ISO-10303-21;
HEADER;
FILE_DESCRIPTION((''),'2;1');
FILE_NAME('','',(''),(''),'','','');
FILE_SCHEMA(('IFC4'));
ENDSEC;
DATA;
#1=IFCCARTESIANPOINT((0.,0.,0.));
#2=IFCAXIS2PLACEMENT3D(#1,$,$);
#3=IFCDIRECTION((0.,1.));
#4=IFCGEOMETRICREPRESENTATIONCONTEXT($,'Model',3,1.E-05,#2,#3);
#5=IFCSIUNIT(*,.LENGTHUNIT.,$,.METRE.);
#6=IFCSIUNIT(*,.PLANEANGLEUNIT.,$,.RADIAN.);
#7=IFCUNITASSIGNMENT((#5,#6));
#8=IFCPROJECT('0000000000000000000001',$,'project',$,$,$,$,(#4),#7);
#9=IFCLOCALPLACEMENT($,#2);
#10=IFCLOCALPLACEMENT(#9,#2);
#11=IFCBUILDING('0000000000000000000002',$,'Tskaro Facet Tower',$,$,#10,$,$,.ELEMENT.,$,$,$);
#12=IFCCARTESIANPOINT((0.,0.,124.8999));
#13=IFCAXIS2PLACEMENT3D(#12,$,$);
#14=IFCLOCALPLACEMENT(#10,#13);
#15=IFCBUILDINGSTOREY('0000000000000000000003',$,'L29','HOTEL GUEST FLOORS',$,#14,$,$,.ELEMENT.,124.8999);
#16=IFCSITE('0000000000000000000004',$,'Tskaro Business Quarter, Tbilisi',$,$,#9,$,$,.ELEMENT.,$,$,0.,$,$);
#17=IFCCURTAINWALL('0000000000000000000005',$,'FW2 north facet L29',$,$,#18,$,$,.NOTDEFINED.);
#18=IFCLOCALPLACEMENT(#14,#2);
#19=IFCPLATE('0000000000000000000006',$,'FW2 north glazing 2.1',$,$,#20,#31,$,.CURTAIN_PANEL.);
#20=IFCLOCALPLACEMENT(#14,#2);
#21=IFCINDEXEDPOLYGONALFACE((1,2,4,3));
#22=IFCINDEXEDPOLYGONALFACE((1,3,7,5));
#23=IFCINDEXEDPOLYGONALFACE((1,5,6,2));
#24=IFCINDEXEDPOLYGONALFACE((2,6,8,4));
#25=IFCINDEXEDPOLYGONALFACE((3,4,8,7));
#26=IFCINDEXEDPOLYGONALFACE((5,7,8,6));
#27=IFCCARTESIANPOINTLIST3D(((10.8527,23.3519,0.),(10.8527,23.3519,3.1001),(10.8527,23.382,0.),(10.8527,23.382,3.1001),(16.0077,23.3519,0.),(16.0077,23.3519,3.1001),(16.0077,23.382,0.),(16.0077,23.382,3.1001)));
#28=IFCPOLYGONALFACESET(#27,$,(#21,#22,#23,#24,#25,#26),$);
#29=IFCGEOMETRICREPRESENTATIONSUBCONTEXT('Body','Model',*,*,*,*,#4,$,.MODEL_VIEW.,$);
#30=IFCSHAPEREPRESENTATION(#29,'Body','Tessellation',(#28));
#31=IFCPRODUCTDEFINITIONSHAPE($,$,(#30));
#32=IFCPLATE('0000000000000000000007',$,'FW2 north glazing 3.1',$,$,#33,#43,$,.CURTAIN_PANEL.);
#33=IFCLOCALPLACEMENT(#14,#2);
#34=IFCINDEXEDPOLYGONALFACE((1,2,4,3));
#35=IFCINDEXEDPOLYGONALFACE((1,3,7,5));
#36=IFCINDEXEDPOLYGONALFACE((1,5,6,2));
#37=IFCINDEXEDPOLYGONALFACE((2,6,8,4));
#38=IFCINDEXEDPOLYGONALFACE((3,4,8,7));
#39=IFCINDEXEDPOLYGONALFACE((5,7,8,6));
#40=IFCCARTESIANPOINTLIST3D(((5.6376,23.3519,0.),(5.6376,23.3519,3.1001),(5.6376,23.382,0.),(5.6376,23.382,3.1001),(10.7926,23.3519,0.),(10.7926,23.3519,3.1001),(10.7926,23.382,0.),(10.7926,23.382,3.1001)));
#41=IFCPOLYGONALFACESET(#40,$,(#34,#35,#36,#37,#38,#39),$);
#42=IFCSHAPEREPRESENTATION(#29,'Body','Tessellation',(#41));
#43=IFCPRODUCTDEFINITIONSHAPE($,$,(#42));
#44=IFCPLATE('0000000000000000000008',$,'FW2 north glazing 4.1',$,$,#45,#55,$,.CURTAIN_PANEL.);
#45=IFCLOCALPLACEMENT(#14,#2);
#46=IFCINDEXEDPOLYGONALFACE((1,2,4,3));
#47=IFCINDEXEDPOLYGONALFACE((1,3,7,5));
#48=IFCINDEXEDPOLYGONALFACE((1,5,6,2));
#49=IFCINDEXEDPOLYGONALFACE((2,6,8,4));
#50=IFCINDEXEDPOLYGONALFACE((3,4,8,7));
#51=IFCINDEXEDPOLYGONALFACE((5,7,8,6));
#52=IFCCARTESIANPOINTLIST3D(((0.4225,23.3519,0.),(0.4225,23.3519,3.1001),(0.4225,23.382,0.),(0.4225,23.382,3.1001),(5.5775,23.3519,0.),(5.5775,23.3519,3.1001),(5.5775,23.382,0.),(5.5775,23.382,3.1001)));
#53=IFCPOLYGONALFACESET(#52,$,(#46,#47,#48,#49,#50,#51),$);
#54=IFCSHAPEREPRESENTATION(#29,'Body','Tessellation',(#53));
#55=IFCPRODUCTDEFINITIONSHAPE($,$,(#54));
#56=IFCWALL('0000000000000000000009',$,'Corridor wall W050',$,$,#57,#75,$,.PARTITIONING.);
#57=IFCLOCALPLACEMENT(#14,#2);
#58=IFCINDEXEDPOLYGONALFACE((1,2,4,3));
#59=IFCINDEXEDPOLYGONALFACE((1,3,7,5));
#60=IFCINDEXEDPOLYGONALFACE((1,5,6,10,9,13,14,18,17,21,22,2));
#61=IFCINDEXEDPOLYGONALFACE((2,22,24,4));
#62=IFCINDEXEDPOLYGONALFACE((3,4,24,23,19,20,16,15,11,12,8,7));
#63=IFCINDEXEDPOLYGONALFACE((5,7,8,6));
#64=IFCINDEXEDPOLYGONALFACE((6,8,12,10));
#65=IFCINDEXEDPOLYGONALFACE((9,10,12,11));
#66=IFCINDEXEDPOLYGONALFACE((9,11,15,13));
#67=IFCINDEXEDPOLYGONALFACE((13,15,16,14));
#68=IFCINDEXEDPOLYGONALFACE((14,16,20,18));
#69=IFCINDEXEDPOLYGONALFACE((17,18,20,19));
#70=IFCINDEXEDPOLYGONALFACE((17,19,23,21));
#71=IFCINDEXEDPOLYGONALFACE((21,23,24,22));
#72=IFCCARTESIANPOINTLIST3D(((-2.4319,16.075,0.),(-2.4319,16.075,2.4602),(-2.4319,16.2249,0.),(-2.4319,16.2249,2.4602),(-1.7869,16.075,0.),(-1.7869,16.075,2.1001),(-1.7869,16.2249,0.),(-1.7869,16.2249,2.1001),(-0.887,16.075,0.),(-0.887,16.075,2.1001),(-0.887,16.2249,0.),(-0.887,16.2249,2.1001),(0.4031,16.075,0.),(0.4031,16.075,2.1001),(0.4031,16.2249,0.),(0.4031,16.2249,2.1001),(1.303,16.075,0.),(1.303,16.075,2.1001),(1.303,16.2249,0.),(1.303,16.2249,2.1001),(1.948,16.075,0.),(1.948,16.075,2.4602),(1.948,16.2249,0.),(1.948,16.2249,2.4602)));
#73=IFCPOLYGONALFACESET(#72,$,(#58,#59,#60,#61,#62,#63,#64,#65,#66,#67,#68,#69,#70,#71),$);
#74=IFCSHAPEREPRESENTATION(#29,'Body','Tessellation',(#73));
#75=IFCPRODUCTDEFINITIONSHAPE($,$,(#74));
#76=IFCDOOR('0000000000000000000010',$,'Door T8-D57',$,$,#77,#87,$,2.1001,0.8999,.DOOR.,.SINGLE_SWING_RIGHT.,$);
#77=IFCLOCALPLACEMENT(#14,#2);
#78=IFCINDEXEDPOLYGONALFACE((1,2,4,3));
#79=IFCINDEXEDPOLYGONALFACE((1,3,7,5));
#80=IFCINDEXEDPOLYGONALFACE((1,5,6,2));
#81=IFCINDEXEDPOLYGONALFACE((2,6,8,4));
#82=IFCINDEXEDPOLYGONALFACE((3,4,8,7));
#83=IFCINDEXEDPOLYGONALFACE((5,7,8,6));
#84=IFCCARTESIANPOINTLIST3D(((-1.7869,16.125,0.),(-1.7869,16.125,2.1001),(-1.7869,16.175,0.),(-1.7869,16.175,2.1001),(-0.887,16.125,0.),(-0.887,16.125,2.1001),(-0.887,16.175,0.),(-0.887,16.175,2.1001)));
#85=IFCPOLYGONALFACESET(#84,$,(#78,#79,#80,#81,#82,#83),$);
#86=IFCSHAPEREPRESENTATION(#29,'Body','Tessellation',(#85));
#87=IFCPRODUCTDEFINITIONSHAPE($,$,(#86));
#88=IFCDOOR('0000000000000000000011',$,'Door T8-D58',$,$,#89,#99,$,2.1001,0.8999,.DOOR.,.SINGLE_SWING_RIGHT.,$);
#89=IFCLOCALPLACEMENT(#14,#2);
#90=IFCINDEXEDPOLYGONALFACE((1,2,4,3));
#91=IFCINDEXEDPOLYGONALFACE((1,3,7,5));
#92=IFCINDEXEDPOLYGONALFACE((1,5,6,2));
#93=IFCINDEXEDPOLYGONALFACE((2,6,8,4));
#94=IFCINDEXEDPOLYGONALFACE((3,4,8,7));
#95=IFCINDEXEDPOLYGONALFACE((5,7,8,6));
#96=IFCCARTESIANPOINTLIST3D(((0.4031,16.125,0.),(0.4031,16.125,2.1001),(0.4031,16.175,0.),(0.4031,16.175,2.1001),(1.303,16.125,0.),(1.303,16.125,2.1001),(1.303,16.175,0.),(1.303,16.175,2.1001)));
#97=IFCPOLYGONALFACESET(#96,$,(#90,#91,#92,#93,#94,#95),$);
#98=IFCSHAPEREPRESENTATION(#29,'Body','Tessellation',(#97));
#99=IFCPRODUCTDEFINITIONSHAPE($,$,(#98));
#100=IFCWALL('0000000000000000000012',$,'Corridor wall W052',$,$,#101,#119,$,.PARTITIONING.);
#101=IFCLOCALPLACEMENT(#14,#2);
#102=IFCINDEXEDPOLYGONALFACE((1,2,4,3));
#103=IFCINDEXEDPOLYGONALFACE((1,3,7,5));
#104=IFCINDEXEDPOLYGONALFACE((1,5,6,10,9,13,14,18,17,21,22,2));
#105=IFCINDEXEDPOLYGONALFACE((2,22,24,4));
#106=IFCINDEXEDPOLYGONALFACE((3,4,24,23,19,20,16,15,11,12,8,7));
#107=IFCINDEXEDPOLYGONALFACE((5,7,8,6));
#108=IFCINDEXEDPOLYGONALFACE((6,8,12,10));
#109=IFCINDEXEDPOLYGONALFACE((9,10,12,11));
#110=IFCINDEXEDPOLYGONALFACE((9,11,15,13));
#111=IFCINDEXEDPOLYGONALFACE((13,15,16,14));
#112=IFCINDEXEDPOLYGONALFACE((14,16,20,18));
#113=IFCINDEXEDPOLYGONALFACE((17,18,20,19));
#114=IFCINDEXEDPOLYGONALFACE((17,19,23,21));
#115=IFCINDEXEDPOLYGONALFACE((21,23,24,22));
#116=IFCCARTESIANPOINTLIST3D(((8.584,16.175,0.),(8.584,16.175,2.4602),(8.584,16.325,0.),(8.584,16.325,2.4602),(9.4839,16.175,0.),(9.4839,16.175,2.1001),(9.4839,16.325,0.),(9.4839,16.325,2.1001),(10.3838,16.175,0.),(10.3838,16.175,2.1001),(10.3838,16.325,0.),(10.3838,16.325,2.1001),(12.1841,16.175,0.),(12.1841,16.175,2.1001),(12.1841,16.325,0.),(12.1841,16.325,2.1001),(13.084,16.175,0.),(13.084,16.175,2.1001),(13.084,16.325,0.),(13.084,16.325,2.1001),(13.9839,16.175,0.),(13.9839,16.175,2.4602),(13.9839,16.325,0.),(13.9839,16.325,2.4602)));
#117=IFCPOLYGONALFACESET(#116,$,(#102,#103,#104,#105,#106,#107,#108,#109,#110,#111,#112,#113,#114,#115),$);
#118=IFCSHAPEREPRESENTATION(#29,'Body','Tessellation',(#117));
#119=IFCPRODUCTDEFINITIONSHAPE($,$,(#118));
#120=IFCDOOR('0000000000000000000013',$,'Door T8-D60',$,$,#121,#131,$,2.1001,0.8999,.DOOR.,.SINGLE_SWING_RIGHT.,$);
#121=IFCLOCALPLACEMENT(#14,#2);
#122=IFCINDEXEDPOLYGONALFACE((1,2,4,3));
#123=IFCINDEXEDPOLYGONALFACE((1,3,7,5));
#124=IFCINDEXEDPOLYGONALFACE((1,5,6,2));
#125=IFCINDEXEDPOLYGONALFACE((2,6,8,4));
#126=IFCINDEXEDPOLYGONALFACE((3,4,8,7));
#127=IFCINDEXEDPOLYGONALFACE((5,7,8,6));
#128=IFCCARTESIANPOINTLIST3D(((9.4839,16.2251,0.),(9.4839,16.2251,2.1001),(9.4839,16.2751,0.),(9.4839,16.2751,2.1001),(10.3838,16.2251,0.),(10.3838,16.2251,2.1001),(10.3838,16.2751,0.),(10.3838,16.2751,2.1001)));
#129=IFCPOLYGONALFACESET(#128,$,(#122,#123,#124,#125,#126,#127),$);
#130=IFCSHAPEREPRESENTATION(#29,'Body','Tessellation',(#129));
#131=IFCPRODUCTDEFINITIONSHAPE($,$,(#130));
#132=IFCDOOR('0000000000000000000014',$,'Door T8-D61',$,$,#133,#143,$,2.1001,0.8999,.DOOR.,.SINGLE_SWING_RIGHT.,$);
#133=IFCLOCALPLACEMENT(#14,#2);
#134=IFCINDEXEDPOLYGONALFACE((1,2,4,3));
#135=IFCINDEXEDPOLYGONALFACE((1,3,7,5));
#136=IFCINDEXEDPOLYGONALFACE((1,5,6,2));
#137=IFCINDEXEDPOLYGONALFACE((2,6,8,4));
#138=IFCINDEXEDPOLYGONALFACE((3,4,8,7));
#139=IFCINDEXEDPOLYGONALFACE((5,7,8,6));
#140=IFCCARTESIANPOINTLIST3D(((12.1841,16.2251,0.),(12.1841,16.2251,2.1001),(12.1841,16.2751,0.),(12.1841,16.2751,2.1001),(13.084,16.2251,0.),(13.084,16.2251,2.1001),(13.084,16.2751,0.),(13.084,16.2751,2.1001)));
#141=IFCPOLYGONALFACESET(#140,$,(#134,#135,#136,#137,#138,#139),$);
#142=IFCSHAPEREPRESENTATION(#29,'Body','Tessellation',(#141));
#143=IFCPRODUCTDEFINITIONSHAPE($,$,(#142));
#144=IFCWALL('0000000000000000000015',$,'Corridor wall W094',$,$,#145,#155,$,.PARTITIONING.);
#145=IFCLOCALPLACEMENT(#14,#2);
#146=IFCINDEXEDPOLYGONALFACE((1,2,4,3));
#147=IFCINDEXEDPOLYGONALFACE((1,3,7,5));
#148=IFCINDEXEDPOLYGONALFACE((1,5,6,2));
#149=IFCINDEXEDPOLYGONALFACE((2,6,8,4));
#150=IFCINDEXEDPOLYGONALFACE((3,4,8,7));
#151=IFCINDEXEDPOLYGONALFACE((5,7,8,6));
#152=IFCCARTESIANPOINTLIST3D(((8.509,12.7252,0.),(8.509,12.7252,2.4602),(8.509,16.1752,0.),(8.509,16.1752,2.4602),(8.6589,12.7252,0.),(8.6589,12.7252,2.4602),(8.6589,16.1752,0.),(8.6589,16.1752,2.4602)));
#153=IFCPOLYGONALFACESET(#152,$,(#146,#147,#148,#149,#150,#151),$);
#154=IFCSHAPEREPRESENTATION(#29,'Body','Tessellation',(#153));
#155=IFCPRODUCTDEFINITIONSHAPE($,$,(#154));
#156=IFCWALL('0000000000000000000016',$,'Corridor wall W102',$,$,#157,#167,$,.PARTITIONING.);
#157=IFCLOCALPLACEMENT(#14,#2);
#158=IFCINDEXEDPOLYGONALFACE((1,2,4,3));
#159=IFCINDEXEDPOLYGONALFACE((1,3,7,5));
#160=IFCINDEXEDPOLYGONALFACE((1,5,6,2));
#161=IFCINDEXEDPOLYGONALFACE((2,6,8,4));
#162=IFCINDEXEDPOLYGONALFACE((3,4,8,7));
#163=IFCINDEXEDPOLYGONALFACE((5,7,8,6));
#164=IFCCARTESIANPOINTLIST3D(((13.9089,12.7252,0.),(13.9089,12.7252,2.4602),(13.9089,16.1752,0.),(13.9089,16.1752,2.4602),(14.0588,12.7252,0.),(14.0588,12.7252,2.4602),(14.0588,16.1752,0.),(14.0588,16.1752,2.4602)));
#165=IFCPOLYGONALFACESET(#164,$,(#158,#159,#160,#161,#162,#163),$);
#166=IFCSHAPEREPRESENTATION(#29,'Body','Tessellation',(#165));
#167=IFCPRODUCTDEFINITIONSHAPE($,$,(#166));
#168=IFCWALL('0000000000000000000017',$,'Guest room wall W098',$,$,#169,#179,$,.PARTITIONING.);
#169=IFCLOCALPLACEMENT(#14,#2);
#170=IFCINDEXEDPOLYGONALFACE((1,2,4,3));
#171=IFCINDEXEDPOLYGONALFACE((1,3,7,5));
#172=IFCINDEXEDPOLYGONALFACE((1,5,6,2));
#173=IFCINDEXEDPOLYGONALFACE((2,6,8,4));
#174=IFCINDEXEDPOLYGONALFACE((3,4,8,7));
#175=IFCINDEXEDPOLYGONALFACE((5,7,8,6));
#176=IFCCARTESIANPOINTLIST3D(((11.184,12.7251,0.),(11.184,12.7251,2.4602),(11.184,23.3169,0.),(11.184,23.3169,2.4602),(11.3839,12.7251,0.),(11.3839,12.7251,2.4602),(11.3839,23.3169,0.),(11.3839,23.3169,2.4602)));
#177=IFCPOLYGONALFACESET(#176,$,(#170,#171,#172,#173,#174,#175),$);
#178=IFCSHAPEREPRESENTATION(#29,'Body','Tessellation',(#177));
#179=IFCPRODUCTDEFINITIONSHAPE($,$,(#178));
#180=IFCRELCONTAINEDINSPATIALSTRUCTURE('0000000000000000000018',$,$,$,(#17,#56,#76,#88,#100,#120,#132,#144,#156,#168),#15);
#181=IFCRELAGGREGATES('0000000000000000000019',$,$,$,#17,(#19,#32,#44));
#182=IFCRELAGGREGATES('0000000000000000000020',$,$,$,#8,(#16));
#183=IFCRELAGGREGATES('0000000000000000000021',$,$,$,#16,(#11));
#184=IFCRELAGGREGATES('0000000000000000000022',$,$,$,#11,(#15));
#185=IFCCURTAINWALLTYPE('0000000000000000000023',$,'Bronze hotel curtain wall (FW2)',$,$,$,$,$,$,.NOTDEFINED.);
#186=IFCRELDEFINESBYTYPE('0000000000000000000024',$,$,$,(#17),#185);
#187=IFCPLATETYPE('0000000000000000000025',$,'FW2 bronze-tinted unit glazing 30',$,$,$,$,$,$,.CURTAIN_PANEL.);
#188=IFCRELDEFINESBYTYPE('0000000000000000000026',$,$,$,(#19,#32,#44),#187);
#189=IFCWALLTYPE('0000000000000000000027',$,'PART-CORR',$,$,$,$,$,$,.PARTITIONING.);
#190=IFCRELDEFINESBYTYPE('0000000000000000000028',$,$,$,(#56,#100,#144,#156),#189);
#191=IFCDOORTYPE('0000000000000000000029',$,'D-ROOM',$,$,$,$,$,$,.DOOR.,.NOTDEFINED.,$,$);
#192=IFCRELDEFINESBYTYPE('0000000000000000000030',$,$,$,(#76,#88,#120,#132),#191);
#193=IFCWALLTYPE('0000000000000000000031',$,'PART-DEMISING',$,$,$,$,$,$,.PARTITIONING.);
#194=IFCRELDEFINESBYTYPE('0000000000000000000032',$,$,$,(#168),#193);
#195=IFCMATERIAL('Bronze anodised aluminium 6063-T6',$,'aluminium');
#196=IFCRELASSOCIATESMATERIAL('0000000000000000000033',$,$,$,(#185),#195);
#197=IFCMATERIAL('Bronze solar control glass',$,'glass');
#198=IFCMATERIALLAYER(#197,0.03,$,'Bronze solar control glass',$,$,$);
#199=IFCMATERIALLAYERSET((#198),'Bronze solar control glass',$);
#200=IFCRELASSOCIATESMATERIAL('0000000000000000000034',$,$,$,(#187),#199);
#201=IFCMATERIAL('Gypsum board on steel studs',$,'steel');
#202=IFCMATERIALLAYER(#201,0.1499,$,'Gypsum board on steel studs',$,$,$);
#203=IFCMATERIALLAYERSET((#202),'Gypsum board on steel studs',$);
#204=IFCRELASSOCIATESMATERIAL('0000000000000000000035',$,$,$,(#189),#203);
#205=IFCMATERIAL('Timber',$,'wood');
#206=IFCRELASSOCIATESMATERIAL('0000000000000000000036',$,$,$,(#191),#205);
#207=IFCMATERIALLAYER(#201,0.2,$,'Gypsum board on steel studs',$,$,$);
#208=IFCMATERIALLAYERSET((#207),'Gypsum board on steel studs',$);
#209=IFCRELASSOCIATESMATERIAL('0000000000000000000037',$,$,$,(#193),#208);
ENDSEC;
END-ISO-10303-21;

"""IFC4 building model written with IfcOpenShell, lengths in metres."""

from ifc_helpers import new_model, si_unit, direction, frame, frame_2d, origin, origin_2d, place, context, subcontext, project, spatial, rectangle, extrude, material, layer, layer_set, type_object, element, fill, aggregate, save


model = new_model("IFC4")

# Units and contexts
model_context = context("Model", 3, precision=1e-05, world=origin(), true_north=direction((0.0, 1.0)))
body_context = subcontext(model_context, "Body", "Model", "MODEL_VIEW")
ifc_project = project(units=[si_unit("LENGTHUNIT", "METRE"), si_unit("PLANEANGLEUNIT", "RADIAN")], contexts=[model_context])

# Site, building, storey
site_placement = place(None, origin())
site = spatial("IfcSite", under=ifc_project, at=site_placement, Name="Tskaro Business Quarter, Tbilisi", CompositionType="ELEMENT", RefElevation=0.0)
building_placement = place(site_placement, origin())
building = spatial("IfcBuilding", under=site, at=building_placement, Name="Tskaro Facet Tower", CompositionType="ELEMENT")
storey_placement = place(building_placement, frame((0.0, 0.0, 124.8999)))
storey = spatial("IfcBuildingStorey", under=building, at=storey_placement, Name="L29", Description="HOTEL GUEST FLOORS", CompositionType="ELEMENT", Elevation=124.8999)

# Curtain wall
ifc_material_1 = material(Name="Bronze anodised aluminium 6063-T6", Category="aluminium")
curtain_wall_type = type_object("IfcCurtainWallType", Name="Bronze hotel curtain wall (FW2)", PredefinedType="NOTDEFINED", material=ifc_material_1)
curtain_wall_placement = place(storey_placement, origin())
curtain_wall = element("IfcCurtainWall", 1, at=curtain_wall_placement, inside=storey, type_object=curtain_wall_type, Name="FW2 north facet L29", PredefinedType="NOTDEFINED")

# Plates
ifc_material_2 = material(Name="Bronze solar control glass", Category="glass")
ifc_layer_1 = layer(ifc_material_2, 0.03, Name="Bronze solar control glass")
ifc_layer_set_1 = layer_set([ifc_layer_1], Name="Bronze solar control glass")
plate_type = type_object("IfcPlateType", Name="FW2 bronze-tinted unit glazing 30", PredefinedType="CURTAIN_PANEL", material=ifc_layer_set_1)
plate_1_placement = place(storey_placement, frame((13.4302, 23.3669, 0.0), z_axis=(0.0, 0.0, 1.0), x_axis=(-1.0, 0.0, 0.0)))
plate_1 = element("IfcPlate", 2, at=plate_1_placement, type_object=plate_type, Name="FW2 north glazing 2.1", PredefinedType="CURTAIN_PANEL", context=body_context, shape_type="SweptSolid", body=[
    extrude(rectangle(XDim=5.155, YDim=0.03, at=origin_2d()), origin(), (0.0, 0.0, 1.0), 3.1001),
])
plate_2_placement = place(storey_placement, frame((8.2151, 23.3669, 0.0), z_axis=(0.0, 0.0, 1.0), x_axis=(-1.0, 0.0, 0.0)))
plate_2 = element("IfcPlate", 3, at=plate_2_placement, type_object=plate_type, Name="FW2 north glazing 3.1", PredefinedType="CURTAIN_PANEL", context=body_context, shape_type="SweptSolid", body=[
    extrude(rectangle(XDim=5.155, YDim=0.03, at=origin_2d()), origin(), (0.0, 0.0, 1.0), 3.1001),
])
plate_3_placement = place(storey_placement, frame((3.0, 23.3669, 0.0), z_axis=(0.0, 0.0, 1.0), x_axis=(-1.0, 0.0, 0.0)))
plate_3 = element("IfcPlate", 4, at=plate_3_placement, type_object=plate_type, Name="FW2 north glazing 4.1", PredefinedType="CURTAIN_PANEL", context=body_context, shape_type="SweptSolid", body=[
    extrude(rectangle(XDim=5.155, YDim=0.03, at=origin_2d()), origin(), (0.0, 0.0, 1.0), 3.1001),
])
aggregate(curtain_wall, [plate_1, plate_2, plate_3])

# Walls, openings, doors
ifc_material_3 = material(Name="Gypsum board on steel studs", Category="steel")
ifc_layer_2 = layer(ifc_material_3, 0.1499, Name="Gypsum board on steel studs")
ifc_layer_set_2 = layer_set([ifc_layer_2], Name="Gypsum board on steel studs")
wall_type_1 = type_object("IfcWallType", Name="PART-CORR", PredefinedType="PARTITIONING", material=ifc_layer_set_2)
wall_1_placement = place(storey_placement, frame((1.948, 16.1499, 0.0), z_axis=(0.0, 0.0, 1.0), x_axis=(-1.0, 0.0, 0.0)))
wall_1 = element("IfcWall", 5, at=wall_1_placement, inside=storey, type_object=wall_type_1, Name="Corridor wall W050", PredefinedType="PARTITIONING", context=body_context, shape_type="SweptSolid", body=[
    extrude(rectangle(XDim=4.3799, YDim=0.1499, at=frame_2d((2.1899, 0.0))), origin(), (0.0, 0.0, 1.0), 2.4602),
])
opening_1_placement = place(wall_1_placement, frame((2.835, 0.0, 0.0)))
opening_1 = element("IfcOpeningElement", 6, at=opening_1_placement, cuts=wall_1, PredefinedType="OPENING", context=body_context, shape_type="SweptSolid", body=[
    extrude(rectangle(XDim=0.8999, YDim=2.1001, at=frame_2d((0.45, 1.05))), frame((0.0, 0.085, 0.0), z_axis=(0.0, -1.0, 0.0), x_axis=(1.0, 0.0, 0.0)), (0.0, 0.0, 1.0), 0.1699),
])
opening_2_placement = place(wall_1_placement, frame((0.645, 0.0, 0.0)))
opening_2 = element("IfcOpeningElement", 7, at=opening_2_placement, cuts=wall_1, PredefinedType="OPENING", context=body_context, shape_type="SweptSolid", body=[
    extrude(rectangle(XDim=0.8999, YDim=2.1001, at=frame_2d((0.45, 1.05))), frame((0.0, 0.085, 0.0), z_axis=(0.0, -1.0, 0.0), x_axis=(1.0, 0.0, 0.0)), (0.0, 0.0, 1.0), 0.1699),
])
ifc_material_4 = material(Name="Timber", Category="wood")
door_type = type_object("IfcDoorType", Name="D-ROOM", OperationType="NOTDEFINED", PredefinedType="DOOR", material=ifc_material_4)
door_1_placement = place(opening_1_placement, origin())
door_1 = element("IfcDoor", 8, at=door_1_placement, inside=storey, type_object=door_type, Name="Door T8-D57", OperationType="SINGLE_SWING_RIGHT", OverallHeight=2.1001, OverallWidth=0.8999, PredefinedType="DOOR", context=body_context, shape_type="SweptSolid", body=[
    extrude(rectangle(XDim=0.8999, YDim=2.1001, at=frame_2d((0.45, 1.05))), frame((0.0, 0.0249, 0.0), z_axis=(0.0, -1.0, 0.0), x_axis=(1.0, 0.0, 0.0)), (0.0, 0.0, 1.0), 0.05),
])
fill(opening_1, door_1)
door_2_placement = place(opening_2_placement, origin())
door_2 = element("IfcDoor", 9, at=door_2_placement, inside=storey, type_object=door_type, Name="Door T8-D58", OperationType="SINGLE_SWING_RIGHT", OverallHeight=2.1001, OverallWidth=0.8999, PredefinedType="DOOR", context=body_context, shape_type="SweptSolid", body=[
    extrude(rectangle(XDim=0.8999, YDim=2.1001, at=frame_2d((0.45, 1.05))), frame((0.0, 0.0249, 0.0), z_axis=(0.0, -1.0, 0.0), x_axis=(1.0, 0.0, 0.0)), (0.0, 0.0, 1.0), 0.05),
])
fill(opening_2, door_2)
wall_2_placement = place(storey_placement, frame((13.9839, 16.25, 0.0), z_axis=(0.0, 0.0, 1.0), x_axis=(-1.0, 0.0, 0.0)))
wall_2 = element("IfcWall", 10, at=wall_2_placement, inside=storey, type_object=wall_type_1, Name="Corridor wall W052", PredefinedType="PARTITIONING", context=body_context, shape_type="SweptSolid", body=[
    extrude(rectangle(XDim=5.3999, YDim=0.1499, at=frame_2d((2.7, 0.0))), origin(), (0.0, 0.0, 1.0), 2.4602),
])
opening_3_placement = place(wall_2_placement, frame((3.6001, 0.0, 0.0)))
opening_3 = element("IfcOpeningElement", 11, at=opening_3_placement, cuts=wall_2, PredefinedType="OPENING", context=body_context, shape_type="SweptSolid", body=[
    extrude(rectangle(XDim=0.8999, YDim=2.1001, at=frame_2d((0.45, 1.05))), frame((0.0, 0.085, 0.0), z_axis=(0.0, -1.0, 0.0), x_axis=(1.0, 0.0, 0.0)), (0.0, 0.0, 1.0), 0.1699),
])
opening_4_placement = place(wall_2_placement, frame((0.8999, 0.0, 0.0)))
opening_4 = element("IfcOpeningElement", 12, at=opening_4_placement, cuts=wall_2, PredefinedType="OPENING", context=body_context, shape_type="SweptSolid", body=[
    extrude(rectangle(XDim=0.8999, YDim=2.1001, at=frame_2d((0.45, 1.05))), frame((0.0, 0.085, 0.0), z_axis=(0.0, -1.0, 0.0), x_axis=(1.0, 0.0, 0.0)), (0.0, 0.0, 1.0), 0.1699),
])
door_3_placement = place(opening_3_placement, origin())
door_3 = element("IfcDoor", 13, at=door_3_placement, inside=storey, type_object=door_type, Name="Door T8-D60", OperationType="SINGLE_SWING_RIGHT", OverallHeight=2.1001, OverallWidth=0.8999, PredefinedType="DOOR", context=body_context, shape_type="SweptSolid", body=[
    extrude(rectangle(XDim=0.8999, YDim=2.1001, at=frame_2d((0.45, 1.05))), frame((0.0, 0.0249, 0.0), z_axis=(0.0, -1.0, 0.0), x_axis=(1.0, 0.0, 0.0)), (0.0, 0.0, 1.0), 0.05),
])
fill(opening_3, door_3)
door_4_placement = place(opening_4_placement, origin())
door_4 = element("IfcDoor", 14, at=door_4_placement, inside=storey, type_object=door_type, Name="Door T8-D61", OperationType="SINGLE_SWING_RIGHT", OverallHeight=2.1001, OverallWidth=0.8999, PredefinedType="DOOR", context=body_context, shape_type="SweptSolid", body=[
    extrude(rectangle(XDim=0.8999, YDim=2.1001, at=frame_2d((0.45, 1.05))), frame((0.0, 0.0249, 0.0), z_axis=(0.0, -1.0, 0.0), x_axis=(1.0, 0.0, 0.0)), (0.0, 0.0, 1.0), 0.05),
])
fill(opening_4, door_4)

# Walls
for number, where, z_axis, x_axis, name in (
    (15, (8.584, 12.7251, 0.0), (0.0, 0.0, 1.0), (0.0, 1.0, 0.0), "Corridor wall W094"),
    (16, (13.9839, 12.7251, 0.0), (0.0, 0.0, 1.0), (0.0, 1.0, 0.0), "Corridor wall W102"),
):
    element("IfcWall", number, at=place(storey_placement, frame(where, z_axis=z_axis, x_axis=x_axis)), inside=storey, type_object=wall_type_1, Name=name, PredefinedType="PARTITIONING", context=body_context, shape_type="SweptSolid", body=[
        extrude(rectangle(XDim=3.45, YDim=0.1499, at=frame_2d((1.7251, 0.0))), origin(), (0.0, 0.0, 1.0), 2.4602),
    ])
ifc_layer_3 = layer(ifc_material_3, 0.2, Name="Gypsum board on steel studs")
ifc_layer_set_3 = layer_set([ifc_layer_3], Name="Gypsum board on steel studs")
wall_type_2 = type_object("IfcWallType", Name="PART-DEMISING", PredefinedType="PARTITIONING", material=ifc_layer_set_3)
wall_3_placement = place(storey_placement, frame((11.2839, 12.7251, 0.0), z_axis=(0.0, 0.0, 1.0), x_axis=(0.0, 1.0, 0.0)))
element("IfcWall", 17, at=wall_3_placement, inside=storey, type_object=wall_type_2, Name="Guest room wall W098", PredefinedType="PARTITIONING", context=body_context, shape_type="SweptSolid", body=[
    extrude(rectangle(XDim=10.5918, YDim=0.2, at=frame_2d((5.2959, 0.0))), origin(), (0.0, 0.0, 1.0), 2.4602),
])

save(model, "model.ifc")
